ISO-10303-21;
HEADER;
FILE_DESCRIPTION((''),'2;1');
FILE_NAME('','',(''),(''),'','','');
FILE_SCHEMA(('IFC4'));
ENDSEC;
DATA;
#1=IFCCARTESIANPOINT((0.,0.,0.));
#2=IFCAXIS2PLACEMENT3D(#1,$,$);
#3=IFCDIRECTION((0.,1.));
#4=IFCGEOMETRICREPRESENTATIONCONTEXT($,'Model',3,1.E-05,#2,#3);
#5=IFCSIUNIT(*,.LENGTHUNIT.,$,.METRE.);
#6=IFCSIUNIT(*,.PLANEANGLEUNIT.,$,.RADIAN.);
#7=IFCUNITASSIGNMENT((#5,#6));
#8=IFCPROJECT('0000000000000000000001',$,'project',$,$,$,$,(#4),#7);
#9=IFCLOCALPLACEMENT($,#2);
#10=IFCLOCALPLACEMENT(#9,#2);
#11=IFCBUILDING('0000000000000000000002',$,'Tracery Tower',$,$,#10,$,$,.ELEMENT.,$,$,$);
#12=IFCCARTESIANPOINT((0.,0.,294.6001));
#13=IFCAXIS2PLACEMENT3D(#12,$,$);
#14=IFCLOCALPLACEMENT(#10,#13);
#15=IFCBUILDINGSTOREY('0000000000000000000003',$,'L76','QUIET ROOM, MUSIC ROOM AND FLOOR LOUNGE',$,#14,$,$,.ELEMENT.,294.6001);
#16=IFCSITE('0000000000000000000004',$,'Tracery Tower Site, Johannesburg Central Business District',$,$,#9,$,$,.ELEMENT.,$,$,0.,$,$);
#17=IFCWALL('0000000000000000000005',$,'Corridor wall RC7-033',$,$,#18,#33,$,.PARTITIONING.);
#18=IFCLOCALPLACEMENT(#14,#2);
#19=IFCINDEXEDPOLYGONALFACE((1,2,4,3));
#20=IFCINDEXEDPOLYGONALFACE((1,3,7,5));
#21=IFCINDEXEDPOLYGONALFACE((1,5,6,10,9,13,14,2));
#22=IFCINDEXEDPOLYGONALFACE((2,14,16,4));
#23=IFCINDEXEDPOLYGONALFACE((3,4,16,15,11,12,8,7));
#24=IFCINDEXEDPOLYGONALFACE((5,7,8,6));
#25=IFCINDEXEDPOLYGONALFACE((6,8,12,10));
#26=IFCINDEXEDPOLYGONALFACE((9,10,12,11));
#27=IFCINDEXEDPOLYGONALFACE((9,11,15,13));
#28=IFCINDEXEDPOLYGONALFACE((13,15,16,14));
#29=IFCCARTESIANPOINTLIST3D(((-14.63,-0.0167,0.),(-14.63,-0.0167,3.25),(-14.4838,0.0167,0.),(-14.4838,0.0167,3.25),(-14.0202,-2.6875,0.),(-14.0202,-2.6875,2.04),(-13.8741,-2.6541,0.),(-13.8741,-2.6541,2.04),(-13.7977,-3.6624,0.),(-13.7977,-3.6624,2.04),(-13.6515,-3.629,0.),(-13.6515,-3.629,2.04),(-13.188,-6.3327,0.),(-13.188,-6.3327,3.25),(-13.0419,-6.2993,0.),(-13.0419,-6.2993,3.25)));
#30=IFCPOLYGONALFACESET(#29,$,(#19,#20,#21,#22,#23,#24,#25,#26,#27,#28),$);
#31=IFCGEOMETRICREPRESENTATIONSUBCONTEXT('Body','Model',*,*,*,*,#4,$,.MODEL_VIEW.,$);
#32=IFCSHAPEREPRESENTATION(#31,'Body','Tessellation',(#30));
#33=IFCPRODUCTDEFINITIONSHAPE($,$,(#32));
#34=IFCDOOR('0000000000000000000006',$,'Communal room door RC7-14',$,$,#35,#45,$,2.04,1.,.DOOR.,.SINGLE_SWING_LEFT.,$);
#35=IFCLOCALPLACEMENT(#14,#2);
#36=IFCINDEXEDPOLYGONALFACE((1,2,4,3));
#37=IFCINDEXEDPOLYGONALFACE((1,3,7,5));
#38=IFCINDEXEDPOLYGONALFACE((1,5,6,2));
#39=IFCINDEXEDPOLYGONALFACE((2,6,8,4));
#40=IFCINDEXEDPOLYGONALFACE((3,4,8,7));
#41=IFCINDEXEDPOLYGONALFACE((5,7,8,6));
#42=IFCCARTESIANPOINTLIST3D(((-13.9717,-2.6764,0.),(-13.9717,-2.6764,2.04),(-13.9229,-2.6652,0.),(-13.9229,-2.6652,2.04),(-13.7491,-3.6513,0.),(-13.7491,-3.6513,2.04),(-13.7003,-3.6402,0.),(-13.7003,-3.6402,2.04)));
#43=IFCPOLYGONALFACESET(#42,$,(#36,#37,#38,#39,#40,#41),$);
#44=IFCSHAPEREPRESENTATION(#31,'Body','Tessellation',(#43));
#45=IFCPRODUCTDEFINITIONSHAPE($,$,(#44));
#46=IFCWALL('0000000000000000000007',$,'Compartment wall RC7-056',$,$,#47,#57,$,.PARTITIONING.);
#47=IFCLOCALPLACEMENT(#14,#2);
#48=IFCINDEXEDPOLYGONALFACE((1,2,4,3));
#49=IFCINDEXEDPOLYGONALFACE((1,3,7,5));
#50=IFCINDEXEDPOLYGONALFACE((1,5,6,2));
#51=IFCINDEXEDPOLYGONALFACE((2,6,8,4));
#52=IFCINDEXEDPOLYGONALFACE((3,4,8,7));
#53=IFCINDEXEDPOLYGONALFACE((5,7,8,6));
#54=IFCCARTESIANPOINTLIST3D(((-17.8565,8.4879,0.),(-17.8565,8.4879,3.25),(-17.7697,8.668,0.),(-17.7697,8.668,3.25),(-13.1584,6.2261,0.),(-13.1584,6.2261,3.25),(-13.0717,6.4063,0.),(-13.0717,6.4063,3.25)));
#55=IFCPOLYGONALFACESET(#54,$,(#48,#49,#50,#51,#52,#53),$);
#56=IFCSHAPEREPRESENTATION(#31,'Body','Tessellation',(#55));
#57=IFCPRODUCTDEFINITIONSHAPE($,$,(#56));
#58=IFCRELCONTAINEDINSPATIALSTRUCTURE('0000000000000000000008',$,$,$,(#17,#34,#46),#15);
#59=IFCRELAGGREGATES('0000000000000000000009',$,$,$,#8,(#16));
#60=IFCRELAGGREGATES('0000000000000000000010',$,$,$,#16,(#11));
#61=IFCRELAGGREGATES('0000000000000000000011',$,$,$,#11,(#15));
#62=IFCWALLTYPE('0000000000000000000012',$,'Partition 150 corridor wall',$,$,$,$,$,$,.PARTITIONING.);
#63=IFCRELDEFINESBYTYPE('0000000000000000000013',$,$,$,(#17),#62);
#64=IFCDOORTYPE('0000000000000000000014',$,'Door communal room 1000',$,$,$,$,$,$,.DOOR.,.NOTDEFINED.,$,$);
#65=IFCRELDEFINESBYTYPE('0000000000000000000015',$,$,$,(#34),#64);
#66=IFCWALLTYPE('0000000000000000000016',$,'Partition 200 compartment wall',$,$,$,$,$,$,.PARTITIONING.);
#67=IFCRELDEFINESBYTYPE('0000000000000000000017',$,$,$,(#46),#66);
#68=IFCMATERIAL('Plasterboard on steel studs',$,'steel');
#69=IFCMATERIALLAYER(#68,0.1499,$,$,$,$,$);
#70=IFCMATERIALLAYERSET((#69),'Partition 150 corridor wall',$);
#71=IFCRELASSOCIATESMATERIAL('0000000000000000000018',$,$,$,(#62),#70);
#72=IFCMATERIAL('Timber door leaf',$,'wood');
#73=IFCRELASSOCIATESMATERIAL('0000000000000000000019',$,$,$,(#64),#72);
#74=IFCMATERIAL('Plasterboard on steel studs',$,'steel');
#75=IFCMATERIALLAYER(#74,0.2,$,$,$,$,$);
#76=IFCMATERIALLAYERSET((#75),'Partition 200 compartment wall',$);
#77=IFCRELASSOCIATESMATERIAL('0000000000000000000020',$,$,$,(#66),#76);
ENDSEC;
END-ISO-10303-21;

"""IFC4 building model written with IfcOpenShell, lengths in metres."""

from ifc_helpers import new_model, si_unit, direction, frame, frame_2d, origin, place, context, subcontext, project, spatial, rectangle, extrude, material, layer, layer_set, type_object, element, fill, save


model = new_model("IFC4")

# Units and contexts
model_context = context("Model", 3, precision=1e-05, world=origin(), true_north=direction((0.0, 1.0)))
body_context = subcontext(model_context, "Body", "Model", "MODEL_VIEW")
ifc_project = project(units=[si_unit("LENGTHUNIT", "METRE"), si_unit("PLANEANGLEUNIT", "RADIAN")], contexts=[model_context])

# Site, building, storey
site_placement = place(None, origin())
site = spatial("IfcSite", under=ifc_project, at=site_placement, Name="Tracery Tower Site, Johannesburg Central Business District", CompositionType="ELEMENT", RefElevation=0.0)
building_placement = place(site_placement, origin())
building = spatial("IfcBuilding", under=site, at=building_placement, Name="Tracery Tower", CompositionType="ELEMENT")
storey_placement = place(building_placement, frame((0.0, 0.0, 294.6001)))
storey = spatial("IfcBuildingStorey", under=building, at=storey_placement, Name="L76", Description="QUIET ROOM, MUSIC ROOM AND FLOOR LOUNGE", CompositionType="ELEMENT", Elevation=294.6001)

# Wall, opening, door
ifc_material_1 = material(Name="Plasterboard on steel studs", Category="steel")
ifc_layer_1 = layer(ifc_material_1, 0.1499)
ifc_layer_set_1 = layer_set([ifc_layer_1], Name="Partition 150 corridor wall")
wall_type_1 = type_object("IfcWallType", Name="Partition 150 corridor wall", PredefinedType="PARTITIONING", material=ifc_layer_set_1)
wall_1_placement = place(storey_placement, frame((-14.5569, 0.0, 0.0), z_axis=(0.0, 0.0, 1.0), x_axis=(0.222569, -0.974917, 0.0)))
wall_1 = element("IfcWall", 1, at=wall_1_placement, inside=storey, type_object=wall_type_1, Name="Corridor wall RC7-033", PredefinedType="PARTITIONING", context=body_context, shape_type="SweptSolid", body=[
    extrude(rectangle(XDim=6.4785, YDim=0.1499, at=frame_2d((3.2393, 0.0))), origin(), (0.0, 0.0, 1.0), 3.25),
])
opening_1_placement = place(wall_1_placement, frame((2.7395, 0.0, 0.0)))
opening_1 = element("IfcOpeningElement", 2, at=opening_1_placement, cuts=wall_1, PredefinedType="OPENING", context=body_context, shape_type="SweptSolid", body=[
    extrude(rectangle(XDim=1.0, YDim=2.04, at=frame_2d((0.5, 1.02))), frame((0.0, 0.075, 0.0), z_axis=(0.0, -1.0, 0.0), x_axis=(1.0, 0.0, 0.0)), (0.0, 0.0, 1.0), 0.1499),
])
ifc_material_2 = material(Name="Timber door leaf", Category="wood")
door_type_1 = type_object("IfcDoorType", Name="Door communal room 1000", OperationType="NOTDEFINED", PredefinedType="DOOR", material=ifc_material_2)
door_1_placement = place(opening_1_placement, origin())
door_1 = element("IfcDoor", 3, at=door_1_placement, inside=storey, type_object=door_type_1, Name="Communal room door RC7-14", OperationType="SINGLE_SWING_LEFT", OverallHeight=2.04, OverallWidth=1.0, PredefinedType="DOOR", context=body_context, shape_type="SweptSolid", body=[
    extrude(rectangle(XDim=1.0, YDim=2.04, at=frame_2d((0.5, 1.02))), frame((0.0, 0.0249, 0.0), z_axis=(0.0, -1.0, 0.0), x_axis=(1.0, 0.0, 0.0)), (0.0, 0.0, 1.0), 0.05),
])
fill(opening_1, door_1)

# Wall
ifc_material_3 = material(Name="Plasterboard on steel studs", Category="steel")
ifc_layer_2 = layer(ifc_material_3, 0.2)
ifc_layer_set_2 = layer_set([ifc_layer_2], Name="Partition 200 compartment wall")
wall_type_2 = type_object("IfcWallType", Name="Partition 200 compartment wall", PredefinedType="PARTITIONING", material=ifc_layer_set_2)
wall_2_placement = place(storey_placement, frame((-17.813, 8.5779, 0.0), z_axis=(0.0, 0.0, 1.0), x_axis=(0.901023, -0.433772, 0.0)))
element("IfcWall", 4, at=wall_2_placement, inside=storey, type_object=wall_type_2, Name="Compartment wall RC7-056", PredefinedType="PARTITIONING", context=body_context, shape_type="SweptSolid", body=[
    extrude(rectangle(XDim=5.2141, YDim=0.2, at=frame_2d((2.6069, 0.0))), origin(), (0.0, 0.0, 1.0), 3.25),
])

save(model, "model.ifc")
